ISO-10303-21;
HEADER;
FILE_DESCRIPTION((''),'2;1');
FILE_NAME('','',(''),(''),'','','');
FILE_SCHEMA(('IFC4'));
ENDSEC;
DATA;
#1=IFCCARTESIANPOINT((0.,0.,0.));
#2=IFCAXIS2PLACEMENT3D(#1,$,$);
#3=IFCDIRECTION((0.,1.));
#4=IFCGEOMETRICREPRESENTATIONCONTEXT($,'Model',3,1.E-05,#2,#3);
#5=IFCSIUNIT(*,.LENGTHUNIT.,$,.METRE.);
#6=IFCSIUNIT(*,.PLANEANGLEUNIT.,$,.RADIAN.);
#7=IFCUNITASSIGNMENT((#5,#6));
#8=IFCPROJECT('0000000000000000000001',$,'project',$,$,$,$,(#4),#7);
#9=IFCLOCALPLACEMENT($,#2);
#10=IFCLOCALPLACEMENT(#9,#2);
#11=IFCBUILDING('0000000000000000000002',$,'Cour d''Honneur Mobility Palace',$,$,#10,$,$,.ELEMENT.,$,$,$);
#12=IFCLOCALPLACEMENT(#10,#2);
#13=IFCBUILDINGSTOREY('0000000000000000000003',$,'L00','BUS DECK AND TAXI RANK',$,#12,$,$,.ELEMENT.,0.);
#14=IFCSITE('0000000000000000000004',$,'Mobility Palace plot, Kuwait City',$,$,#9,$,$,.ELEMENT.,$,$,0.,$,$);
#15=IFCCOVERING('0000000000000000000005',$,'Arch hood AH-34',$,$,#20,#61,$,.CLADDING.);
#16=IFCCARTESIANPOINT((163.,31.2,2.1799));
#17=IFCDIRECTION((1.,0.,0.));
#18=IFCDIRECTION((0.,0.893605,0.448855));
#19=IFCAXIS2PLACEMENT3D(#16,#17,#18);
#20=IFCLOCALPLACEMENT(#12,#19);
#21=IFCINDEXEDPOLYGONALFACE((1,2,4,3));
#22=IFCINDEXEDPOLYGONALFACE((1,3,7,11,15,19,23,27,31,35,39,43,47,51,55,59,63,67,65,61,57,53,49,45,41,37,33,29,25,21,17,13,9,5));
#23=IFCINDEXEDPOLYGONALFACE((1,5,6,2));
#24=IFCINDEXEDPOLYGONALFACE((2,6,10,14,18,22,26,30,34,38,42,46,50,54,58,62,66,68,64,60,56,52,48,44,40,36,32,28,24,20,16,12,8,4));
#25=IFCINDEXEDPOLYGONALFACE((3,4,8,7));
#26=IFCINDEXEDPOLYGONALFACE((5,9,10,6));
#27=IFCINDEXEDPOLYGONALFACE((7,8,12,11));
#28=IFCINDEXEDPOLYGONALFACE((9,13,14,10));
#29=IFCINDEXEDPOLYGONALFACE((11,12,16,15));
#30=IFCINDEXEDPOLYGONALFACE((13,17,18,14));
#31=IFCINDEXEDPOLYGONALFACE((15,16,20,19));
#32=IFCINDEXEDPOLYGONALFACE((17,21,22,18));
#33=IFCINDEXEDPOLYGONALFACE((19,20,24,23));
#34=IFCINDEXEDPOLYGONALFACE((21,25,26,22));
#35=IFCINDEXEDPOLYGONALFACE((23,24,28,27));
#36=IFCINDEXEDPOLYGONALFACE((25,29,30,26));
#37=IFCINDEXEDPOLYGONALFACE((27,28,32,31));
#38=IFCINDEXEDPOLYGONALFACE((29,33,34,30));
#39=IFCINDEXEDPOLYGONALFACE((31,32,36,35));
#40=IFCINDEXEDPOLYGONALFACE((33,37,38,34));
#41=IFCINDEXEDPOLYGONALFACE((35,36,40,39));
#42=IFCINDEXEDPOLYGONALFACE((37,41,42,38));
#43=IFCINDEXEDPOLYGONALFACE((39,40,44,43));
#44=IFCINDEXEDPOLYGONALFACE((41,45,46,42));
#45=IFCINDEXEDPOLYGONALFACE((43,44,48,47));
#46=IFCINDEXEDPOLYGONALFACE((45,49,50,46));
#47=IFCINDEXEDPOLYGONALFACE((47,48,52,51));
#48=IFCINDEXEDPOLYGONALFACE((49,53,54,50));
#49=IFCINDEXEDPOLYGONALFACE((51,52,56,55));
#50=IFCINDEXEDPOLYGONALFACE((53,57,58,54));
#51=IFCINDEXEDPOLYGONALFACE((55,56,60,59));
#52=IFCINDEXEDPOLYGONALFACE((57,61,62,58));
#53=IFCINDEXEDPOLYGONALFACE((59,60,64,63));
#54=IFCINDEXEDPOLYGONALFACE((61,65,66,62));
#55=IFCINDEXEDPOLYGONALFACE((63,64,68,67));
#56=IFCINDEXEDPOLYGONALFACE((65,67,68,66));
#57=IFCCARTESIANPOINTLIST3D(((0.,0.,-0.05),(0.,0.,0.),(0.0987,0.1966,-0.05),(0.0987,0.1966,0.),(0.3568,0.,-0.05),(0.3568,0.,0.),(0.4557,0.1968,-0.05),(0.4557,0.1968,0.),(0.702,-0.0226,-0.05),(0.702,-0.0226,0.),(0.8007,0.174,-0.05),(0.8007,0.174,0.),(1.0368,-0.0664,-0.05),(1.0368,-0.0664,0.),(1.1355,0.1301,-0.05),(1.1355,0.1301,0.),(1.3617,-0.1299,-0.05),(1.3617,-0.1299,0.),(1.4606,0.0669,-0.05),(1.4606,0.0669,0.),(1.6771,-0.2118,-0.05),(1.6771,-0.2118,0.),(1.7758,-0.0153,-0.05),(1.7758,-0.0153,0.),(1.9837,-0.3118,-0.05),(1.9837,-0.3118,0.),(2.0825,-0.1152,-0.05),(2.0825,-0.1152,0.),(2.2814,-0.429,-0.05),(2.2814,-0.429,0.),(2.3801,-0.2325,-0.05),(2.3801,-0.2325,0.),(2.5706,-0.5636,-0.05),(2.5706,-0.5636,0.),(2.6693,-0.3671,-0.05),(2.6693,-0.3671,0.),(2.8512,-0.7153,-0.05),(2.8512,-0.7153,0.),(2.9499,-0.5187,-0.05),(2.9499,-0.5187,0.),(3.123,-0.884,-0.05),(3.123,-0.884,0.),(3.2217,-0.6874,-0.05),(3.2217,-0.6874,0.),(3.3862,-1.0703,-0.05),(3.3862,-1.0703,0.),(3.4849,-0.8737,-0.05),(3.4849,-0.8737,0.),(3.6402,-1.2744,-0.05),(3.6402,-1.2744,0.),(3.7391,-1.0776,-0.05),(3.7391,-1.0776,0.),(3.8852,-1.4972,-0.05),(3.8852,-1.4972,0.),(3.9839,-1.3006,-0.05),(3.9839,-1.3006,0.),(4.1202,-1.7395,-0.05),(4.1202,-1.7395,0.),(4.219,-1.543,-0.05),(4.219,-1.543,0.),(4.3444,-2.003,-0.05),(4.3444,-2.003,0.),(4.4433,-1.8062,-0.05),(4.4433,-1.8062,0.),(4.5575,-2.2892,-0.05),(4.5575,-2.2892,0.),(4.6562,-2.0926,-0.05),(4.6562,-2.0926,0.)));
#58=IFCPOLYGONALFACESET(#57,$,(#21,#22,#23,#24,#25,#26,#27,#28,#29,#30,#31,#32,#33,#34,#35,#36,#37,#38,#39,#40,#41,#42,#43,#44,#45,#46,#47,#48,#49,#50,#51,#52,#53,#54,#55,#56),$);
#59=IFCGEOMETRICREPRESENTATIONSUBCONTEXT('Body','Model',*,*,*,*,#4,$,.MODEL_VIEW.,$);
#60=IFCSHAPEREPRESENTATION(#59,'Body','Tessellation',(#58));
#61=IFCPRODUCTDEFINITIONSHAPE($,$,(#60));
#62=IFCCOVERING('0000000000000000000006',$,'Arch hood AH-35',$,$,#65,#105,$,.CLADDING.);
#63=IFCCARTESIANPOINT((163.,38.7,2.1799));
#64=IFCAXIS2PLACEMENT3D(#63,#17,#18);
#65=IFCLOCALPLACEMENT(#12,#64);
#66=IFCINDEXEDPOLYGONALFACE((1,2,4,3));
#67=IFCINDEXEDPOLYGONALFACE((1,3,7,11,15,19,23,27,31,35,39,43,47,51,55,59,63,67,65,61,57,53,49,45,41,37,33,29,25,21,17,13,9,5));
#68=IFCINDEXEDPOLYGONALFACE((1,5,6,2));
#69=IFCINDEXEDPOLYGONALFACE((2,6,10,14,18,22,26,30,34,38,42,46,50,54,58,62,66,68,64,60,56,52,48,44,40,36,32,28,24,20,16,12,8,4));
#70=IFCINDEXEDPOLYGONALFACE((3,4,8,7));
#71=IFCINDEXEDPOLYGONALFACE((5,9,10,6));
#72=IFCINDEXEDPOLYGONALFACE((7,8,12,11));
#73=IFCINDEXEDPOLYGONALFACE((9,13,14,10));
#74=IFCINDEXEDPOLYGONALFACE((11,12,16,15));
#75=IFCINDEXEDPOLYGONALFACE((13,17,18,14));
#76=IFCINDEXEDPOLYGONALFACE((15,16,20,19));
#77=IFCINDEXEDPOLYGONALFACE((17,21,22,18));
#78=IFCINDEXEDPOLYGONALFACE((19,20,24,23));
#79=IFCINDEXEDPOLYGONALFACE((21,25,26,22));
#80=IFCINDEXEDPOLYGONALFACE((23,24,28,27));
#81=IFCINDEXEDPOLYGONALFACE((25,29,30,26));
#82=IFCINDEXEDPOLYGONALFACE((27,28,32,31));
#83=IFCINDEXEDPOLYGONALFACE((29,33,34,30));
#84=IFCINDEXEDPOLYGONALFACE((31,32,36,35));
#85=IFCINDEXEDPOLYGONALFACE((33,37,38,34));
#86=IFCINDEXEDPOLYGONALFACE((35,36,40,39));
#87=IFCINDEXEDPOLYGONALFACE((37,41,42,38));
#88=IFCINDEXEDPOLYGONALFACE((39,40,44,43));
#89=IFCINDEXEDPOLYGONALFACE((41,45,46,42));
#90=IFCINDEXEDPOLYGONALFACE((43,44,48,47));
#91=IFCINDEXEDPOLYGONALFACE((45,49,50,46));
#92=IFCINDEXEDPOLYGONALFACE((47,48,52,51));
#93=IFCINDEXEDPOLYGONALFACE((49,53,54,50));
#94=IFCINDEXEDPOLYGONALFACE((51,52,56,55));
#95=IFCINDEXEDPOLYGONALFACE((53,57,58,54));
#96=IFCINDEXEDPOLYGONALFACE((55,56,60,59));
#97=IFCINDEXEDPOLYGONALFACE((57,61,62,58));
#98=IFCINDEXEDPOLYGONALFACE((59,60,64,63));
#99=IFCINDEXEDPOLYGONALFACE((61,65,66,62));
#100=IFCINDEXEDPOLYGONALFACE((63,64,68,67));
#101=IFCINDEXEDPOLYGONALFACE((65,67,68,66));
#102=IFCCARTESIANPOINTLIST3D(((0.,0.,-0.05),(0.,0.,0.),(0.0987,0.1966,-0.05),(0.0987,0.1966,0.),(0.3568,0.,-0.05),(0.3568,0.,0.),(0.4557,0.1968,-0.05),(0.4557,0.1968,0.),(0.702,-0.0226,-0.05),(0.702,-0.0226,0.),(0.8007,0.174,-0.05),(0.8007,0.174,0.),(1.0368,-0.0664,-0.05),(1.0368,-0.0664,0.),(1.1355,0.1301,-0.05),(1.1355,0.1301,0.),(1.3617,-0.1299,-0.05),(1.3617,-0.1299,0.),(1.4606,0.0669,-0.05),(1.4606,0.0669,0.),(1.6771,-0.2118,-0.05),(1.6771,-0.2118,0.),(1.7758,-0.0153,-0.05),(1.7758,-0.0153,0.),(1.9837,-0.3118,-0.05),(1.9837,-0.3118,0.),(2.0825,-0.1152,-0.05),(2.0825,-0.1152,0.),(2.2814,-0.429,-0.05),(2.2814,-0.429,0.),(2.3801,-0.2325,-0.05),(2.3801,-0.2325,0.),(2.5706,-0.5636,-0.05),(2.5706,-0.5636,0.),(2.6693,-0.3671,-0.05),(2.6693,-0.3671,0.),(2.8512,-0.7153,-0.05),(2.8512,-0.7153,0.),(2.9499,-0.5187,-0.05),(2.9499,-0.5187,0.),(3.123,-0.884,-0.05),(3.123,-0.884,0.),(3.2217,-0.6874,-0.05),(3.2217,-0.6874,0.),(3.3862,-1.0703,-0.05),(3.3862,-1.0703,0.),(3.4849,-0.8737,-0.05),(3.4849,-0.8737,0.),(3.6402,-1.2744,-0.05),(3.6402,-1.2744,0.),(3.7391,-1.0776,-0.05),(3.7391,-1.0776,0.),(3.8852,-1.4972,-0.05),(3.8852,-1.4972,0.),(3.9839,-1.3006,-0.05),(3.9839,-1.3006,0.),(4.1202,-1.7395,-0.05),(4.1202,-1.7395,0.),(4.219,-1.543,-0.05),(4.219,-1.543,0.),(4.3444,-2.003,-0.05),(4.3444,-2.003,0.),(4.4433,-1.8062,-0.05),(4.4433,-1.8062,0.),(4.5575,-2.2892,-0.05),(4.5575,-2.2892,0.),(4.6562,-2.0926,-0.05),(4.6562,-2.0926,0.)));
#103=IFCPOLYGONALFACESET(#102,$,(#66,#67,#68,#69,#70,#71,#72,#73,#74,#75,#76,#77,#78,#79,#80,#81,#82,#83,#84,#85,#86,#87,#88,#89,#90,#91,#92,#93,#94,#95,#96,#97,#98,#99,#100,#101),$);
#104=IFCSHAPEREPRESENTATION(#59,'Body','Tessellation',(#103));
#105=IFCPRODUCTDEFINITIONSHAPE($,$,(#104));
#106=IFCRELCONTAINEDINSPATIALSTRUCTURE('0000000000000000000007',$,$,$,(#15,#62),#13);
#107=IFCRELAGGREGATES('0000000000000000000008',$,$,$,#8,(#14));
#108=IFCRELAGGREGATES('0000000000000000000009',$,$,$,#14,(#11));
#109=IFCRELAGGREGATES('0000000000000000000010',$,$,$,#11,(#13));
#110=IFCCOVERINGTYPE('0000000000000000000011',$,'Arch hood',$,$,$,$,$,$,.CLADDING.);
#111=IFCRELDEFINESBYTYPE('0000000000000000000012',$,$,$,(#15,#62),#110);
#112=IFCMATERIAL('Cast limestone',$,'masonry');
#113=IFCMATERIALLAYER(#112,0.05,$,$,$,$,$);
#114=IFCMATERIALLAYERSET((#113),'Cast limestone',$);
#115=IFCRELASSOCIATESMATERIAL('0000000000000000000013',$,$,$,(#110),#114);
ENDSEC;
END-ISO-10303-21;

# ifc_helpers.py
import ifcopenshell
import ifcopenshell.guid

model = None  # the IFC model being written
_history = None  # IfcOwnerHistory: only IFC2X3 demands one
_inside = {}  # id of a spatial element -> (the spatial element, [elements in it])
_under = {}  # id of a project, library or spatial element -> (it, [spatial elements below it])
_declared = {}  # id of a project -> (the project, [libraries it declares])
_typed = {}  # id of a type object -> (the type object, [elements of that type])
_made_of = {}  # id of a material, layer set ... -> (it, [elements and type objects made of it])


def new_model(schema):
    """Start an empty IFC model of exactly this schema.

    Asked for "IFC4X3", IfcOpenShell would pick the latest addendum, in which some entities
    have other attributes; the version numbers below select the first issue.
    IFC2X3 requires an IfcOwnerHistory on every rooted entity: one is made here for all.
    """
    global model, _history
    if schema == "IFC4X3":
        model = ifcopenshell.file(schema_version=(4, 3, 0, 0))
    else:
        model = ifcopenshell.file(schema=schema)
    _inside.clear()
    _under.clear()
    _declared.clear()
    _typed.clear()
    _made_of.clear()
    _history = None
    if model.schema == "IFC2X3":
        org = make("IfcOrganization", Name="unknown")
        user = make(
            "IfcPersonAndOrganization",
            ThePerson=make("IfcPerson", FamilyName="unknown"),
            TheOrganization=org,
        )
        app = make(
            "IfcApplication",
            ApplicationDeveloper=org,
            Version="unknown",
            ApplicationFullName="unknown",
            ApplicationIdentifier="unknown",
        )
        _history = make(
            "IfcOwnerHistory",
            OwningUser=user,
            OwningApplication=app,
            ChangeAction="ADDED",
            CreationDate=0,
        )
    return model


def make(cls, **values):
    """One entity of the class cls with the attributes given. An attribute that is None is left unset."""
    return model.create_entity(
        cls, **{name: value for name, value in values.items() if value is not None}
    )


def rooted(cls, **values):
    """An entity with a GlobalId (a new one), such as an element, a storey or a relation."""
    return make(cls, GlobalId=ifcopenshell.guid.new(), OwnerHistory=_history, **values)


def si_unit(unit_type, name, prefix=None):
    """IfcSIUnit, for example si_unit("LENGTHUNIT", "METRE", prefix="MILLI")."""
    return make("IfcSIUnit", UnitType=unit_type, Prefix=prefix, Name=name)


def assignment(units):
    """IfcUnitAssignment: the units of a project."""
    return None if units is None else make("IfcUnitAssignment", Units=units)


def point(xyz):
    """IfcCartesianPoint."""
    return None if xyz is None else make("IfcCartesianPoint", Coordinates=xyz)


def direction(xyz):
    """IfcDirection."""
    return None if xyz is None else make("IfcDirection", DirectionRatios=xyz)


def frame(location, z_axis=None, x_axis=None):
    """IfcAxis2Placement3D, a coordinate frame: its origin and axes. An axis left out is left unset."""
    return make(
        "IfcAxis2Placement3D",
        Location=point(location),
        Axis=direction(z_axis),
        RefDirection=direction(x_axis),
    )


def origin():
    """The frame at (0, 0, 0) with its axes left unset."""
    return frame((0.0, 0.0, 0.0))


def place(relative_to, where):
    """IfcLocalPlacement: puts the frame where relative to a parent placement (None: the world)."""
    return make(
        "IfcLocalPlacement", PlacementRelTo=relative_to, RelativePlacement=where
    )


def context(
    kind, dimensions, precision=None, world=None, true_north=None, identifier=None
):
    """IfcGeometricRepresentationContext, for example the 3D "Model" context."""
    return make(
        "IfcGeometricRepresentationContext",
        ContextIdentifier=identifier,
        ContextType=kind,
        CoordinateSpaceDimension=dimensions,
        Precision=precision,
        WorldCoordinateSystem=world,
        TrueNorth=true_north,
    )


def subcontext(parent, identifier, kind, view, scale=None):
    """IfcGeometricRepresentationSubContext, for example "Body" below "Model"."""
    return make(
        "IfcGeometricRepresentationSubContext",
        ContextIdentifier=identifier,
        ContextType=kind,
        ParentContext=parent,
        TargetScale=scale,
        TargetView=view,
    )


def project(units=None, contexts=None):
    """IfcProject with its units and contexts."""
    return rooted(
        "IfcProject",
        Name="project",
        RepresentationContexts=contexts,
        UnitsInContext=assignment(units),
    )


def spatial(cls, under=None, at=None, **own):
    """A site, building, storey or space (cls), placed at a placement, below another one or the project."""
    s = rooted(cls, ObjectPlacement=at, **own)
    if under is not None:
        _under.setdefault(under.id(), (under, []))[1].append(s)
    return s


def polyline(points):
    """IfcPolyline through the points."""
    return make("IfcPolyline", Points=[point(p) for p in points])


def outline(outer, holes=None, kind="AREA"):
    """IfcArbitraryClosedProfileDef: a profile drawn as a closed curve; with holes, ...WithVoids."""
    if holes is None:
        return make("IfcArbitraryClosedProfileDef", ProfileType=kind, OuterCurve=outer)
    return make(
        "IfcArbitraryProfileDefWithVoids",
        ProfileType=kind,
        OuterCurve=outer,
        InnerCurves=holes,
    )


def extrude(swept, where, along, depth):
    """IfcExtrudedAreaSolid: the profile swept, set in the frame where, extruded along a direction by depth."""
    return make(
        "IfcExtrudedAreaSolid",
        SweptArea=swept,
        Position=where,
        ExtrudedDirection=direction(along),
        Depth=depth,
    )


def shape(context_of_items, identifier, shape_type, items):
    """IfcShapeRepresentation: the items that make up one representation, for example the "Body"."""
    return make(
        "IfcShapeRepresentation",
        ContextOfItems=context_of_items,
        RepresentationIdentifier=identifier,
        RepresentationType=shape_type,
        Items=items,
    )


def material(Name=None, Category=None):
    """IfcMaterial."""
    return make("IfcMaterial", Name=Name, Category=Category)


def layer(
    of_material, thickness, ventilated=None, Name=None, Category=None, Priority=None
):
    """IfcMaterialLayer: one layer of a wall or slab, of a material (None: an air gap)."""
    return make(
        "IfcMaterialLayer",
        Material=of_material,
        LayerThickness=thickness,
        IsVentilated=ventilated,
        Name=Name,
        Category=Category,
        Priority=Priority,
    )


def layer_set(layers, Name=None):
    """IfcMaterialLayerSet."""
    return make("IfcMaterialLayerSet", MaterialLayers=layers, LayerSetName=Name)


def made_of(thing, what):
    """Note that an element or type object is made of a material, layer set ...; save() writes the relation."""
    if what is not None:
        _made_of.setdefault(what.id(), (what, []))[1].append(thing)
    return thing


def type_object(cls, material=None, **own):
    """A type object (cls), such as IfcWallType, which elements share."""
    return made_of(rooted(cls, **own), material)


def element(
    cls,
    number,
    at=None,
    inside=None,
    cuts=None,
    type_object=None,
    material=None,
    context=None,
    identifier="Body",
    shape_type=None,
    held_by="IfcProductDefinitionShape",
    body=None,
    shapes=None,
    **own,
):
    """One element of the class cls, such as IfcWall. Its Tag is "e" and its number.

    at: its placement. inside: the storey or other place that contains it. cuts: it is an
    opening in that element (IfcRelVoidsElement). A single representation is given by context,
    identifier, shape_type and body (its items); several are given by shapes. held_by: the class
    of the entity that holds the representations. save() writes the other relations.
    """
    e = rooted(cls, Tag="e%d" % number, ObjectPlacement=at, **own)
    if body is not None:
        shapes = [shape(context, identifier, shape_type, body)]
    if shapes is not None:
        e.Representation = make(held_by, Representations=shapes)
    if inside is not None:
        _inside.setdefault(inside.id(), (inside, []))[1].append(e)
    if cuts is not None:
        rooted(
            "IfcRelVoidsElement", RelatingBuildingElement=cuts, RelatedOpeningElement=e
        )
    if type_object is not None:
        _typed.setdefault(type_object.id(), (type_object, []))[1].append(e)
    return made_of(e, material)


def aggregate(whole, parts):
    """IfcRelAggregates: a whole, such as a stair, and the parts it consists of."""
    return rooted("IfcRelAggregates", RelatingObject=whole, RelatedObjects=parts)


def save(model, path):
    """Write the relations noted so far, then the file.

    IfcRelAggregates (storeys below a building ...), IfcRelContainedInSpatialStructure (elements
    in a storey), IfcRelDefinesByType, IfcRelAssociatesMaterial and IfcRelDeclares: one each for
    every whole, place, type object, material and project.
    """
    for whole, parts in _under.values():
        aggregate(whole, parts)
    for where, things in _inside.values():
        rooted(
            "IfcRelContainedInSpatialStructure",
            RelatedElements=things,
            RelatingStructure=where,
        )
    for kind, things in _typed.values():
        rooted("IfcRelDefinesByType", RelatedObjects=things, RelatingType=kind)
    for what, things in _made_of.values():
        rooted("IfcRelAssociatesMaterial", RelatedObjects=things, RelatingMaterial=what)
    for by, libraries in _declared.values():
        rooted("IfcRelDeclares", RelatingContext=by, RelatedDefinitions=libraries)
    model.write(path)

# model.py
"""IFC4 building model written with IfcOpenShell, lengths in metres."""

from ifc_helpers import new_model, si_unit, direction, frame, origin, place, context, subcontext, project, spatial, polyline, outline, extrude, material, layer, layer_set, type_object, element, save


model = new_model("IFC4")

# Units and contexts
model_context = context("Model", 3, precision=1e-05, world=origin(), true_north=direction((0.0, 1.0)))
body_context = subcontext(model_context, "Body", "Model", "MODEL_VIEW")
ifc_project = project(units=[si_unit("LENGTHUNIT", "METRE"), si_unit("PLANEANGLEUNIT", "RADIAN")], contexts=[model_context])

# Site, building, storey
site_placement = place(None, origin())
site = spatial("IfcSite", under=ifc_project, at=site_placement, Name="Mobility Palace plot, Kuwait City", CompositionType="ELEMENT", RefElevation=0.0)
building_placement = place(site_placement, origin())
building = spatial("IfcBuilding", under=site, at=building_placement, Name="Cour d'Honneur Mobility Palace", CompositionType="ELEMENT")
storey_placement = place(building_placement, origin())
storey = spatial("IfcBuildingStorey", under=building, at=storey_placement, Name="L00", Description="BUS DECK AND TAXI RANK", CompositionType="ELEMENT", Elevation=0.0)

# Coverings
ifc_material_1 = material(Name="Cast limestone", Category="masonry")
ifc_layer_1 = layer(ifc_material_1, 0.05)
ifc_layer_set_1 = layer_set([ifc_layer_1], Name="Cast limestone")
covering_type_1 = type_object("IfcCoveringType", Name="Arch hood", PredefinedType="CLADDING", material=ifc_layer_set_1)
for number, where, z_axis, x_axis, name in (
    (1, (163.0, 31.2, 2.1799), (1.0, 0.0, 0.0), (0.0, 0.893605, 0.448855), "Arch hood AH-34"),
    (2, (163.0, 38.7, 2.1799), (1.0, 0.0, 0.0), (0.0, 0.893605, 0.448855), "Arch hood AH-35"),
):
    element("IfcCovering", number, at=place(storey_placement, frame(where, z_axis=z_axis, x_axis=x_axis)), inside=storey, type_object=covering_type_1, Name=name, PredefinedType="CLADDING", context=body_context, shape_type="SweptSolid", body=[
        extrude(outline(polyline([(0.0, 0.0), (0.3568, 0.0), (0.702, -0.0226), (1.0368, -0.0664), (1.3617, -0.1299), (1.6771, -0.2118), (1.9837, -0.3118), (2.2814, -0.429), (2.5706, -0.5636), (2.8512, -0.7153), (3.123, -0.884), (3.3862, -1.0703), (3.6402, -1.2744), (3.8852, -1.4972), (4.1202, -1.7395), (4.3444, -2.003), (4.5575, -2.2892), (4.6562, -2.0926), (4.4433, -1.8062), (4.219, -1.543), (3.9839, -1.3006), (3.7391, -1.0776), (3.4849, -0.8737), (3.2217, -0.6874), (2.9499, -0.5187), (2.6693, -0.3671), (2.3801, -0.2325), (2.0825, -0.1152), (1.7758, -0.0153), (1.4606, 0.0669), (1.1355, 0.1301), (0.8007, 0.174), (0.4557, 0.1968), (0.0987, 0.1966), (0.0, 0.0)])), origin(), (0.0, 0.0, -1.0), 0.05),
    ])

save(model, "model.ifc")
